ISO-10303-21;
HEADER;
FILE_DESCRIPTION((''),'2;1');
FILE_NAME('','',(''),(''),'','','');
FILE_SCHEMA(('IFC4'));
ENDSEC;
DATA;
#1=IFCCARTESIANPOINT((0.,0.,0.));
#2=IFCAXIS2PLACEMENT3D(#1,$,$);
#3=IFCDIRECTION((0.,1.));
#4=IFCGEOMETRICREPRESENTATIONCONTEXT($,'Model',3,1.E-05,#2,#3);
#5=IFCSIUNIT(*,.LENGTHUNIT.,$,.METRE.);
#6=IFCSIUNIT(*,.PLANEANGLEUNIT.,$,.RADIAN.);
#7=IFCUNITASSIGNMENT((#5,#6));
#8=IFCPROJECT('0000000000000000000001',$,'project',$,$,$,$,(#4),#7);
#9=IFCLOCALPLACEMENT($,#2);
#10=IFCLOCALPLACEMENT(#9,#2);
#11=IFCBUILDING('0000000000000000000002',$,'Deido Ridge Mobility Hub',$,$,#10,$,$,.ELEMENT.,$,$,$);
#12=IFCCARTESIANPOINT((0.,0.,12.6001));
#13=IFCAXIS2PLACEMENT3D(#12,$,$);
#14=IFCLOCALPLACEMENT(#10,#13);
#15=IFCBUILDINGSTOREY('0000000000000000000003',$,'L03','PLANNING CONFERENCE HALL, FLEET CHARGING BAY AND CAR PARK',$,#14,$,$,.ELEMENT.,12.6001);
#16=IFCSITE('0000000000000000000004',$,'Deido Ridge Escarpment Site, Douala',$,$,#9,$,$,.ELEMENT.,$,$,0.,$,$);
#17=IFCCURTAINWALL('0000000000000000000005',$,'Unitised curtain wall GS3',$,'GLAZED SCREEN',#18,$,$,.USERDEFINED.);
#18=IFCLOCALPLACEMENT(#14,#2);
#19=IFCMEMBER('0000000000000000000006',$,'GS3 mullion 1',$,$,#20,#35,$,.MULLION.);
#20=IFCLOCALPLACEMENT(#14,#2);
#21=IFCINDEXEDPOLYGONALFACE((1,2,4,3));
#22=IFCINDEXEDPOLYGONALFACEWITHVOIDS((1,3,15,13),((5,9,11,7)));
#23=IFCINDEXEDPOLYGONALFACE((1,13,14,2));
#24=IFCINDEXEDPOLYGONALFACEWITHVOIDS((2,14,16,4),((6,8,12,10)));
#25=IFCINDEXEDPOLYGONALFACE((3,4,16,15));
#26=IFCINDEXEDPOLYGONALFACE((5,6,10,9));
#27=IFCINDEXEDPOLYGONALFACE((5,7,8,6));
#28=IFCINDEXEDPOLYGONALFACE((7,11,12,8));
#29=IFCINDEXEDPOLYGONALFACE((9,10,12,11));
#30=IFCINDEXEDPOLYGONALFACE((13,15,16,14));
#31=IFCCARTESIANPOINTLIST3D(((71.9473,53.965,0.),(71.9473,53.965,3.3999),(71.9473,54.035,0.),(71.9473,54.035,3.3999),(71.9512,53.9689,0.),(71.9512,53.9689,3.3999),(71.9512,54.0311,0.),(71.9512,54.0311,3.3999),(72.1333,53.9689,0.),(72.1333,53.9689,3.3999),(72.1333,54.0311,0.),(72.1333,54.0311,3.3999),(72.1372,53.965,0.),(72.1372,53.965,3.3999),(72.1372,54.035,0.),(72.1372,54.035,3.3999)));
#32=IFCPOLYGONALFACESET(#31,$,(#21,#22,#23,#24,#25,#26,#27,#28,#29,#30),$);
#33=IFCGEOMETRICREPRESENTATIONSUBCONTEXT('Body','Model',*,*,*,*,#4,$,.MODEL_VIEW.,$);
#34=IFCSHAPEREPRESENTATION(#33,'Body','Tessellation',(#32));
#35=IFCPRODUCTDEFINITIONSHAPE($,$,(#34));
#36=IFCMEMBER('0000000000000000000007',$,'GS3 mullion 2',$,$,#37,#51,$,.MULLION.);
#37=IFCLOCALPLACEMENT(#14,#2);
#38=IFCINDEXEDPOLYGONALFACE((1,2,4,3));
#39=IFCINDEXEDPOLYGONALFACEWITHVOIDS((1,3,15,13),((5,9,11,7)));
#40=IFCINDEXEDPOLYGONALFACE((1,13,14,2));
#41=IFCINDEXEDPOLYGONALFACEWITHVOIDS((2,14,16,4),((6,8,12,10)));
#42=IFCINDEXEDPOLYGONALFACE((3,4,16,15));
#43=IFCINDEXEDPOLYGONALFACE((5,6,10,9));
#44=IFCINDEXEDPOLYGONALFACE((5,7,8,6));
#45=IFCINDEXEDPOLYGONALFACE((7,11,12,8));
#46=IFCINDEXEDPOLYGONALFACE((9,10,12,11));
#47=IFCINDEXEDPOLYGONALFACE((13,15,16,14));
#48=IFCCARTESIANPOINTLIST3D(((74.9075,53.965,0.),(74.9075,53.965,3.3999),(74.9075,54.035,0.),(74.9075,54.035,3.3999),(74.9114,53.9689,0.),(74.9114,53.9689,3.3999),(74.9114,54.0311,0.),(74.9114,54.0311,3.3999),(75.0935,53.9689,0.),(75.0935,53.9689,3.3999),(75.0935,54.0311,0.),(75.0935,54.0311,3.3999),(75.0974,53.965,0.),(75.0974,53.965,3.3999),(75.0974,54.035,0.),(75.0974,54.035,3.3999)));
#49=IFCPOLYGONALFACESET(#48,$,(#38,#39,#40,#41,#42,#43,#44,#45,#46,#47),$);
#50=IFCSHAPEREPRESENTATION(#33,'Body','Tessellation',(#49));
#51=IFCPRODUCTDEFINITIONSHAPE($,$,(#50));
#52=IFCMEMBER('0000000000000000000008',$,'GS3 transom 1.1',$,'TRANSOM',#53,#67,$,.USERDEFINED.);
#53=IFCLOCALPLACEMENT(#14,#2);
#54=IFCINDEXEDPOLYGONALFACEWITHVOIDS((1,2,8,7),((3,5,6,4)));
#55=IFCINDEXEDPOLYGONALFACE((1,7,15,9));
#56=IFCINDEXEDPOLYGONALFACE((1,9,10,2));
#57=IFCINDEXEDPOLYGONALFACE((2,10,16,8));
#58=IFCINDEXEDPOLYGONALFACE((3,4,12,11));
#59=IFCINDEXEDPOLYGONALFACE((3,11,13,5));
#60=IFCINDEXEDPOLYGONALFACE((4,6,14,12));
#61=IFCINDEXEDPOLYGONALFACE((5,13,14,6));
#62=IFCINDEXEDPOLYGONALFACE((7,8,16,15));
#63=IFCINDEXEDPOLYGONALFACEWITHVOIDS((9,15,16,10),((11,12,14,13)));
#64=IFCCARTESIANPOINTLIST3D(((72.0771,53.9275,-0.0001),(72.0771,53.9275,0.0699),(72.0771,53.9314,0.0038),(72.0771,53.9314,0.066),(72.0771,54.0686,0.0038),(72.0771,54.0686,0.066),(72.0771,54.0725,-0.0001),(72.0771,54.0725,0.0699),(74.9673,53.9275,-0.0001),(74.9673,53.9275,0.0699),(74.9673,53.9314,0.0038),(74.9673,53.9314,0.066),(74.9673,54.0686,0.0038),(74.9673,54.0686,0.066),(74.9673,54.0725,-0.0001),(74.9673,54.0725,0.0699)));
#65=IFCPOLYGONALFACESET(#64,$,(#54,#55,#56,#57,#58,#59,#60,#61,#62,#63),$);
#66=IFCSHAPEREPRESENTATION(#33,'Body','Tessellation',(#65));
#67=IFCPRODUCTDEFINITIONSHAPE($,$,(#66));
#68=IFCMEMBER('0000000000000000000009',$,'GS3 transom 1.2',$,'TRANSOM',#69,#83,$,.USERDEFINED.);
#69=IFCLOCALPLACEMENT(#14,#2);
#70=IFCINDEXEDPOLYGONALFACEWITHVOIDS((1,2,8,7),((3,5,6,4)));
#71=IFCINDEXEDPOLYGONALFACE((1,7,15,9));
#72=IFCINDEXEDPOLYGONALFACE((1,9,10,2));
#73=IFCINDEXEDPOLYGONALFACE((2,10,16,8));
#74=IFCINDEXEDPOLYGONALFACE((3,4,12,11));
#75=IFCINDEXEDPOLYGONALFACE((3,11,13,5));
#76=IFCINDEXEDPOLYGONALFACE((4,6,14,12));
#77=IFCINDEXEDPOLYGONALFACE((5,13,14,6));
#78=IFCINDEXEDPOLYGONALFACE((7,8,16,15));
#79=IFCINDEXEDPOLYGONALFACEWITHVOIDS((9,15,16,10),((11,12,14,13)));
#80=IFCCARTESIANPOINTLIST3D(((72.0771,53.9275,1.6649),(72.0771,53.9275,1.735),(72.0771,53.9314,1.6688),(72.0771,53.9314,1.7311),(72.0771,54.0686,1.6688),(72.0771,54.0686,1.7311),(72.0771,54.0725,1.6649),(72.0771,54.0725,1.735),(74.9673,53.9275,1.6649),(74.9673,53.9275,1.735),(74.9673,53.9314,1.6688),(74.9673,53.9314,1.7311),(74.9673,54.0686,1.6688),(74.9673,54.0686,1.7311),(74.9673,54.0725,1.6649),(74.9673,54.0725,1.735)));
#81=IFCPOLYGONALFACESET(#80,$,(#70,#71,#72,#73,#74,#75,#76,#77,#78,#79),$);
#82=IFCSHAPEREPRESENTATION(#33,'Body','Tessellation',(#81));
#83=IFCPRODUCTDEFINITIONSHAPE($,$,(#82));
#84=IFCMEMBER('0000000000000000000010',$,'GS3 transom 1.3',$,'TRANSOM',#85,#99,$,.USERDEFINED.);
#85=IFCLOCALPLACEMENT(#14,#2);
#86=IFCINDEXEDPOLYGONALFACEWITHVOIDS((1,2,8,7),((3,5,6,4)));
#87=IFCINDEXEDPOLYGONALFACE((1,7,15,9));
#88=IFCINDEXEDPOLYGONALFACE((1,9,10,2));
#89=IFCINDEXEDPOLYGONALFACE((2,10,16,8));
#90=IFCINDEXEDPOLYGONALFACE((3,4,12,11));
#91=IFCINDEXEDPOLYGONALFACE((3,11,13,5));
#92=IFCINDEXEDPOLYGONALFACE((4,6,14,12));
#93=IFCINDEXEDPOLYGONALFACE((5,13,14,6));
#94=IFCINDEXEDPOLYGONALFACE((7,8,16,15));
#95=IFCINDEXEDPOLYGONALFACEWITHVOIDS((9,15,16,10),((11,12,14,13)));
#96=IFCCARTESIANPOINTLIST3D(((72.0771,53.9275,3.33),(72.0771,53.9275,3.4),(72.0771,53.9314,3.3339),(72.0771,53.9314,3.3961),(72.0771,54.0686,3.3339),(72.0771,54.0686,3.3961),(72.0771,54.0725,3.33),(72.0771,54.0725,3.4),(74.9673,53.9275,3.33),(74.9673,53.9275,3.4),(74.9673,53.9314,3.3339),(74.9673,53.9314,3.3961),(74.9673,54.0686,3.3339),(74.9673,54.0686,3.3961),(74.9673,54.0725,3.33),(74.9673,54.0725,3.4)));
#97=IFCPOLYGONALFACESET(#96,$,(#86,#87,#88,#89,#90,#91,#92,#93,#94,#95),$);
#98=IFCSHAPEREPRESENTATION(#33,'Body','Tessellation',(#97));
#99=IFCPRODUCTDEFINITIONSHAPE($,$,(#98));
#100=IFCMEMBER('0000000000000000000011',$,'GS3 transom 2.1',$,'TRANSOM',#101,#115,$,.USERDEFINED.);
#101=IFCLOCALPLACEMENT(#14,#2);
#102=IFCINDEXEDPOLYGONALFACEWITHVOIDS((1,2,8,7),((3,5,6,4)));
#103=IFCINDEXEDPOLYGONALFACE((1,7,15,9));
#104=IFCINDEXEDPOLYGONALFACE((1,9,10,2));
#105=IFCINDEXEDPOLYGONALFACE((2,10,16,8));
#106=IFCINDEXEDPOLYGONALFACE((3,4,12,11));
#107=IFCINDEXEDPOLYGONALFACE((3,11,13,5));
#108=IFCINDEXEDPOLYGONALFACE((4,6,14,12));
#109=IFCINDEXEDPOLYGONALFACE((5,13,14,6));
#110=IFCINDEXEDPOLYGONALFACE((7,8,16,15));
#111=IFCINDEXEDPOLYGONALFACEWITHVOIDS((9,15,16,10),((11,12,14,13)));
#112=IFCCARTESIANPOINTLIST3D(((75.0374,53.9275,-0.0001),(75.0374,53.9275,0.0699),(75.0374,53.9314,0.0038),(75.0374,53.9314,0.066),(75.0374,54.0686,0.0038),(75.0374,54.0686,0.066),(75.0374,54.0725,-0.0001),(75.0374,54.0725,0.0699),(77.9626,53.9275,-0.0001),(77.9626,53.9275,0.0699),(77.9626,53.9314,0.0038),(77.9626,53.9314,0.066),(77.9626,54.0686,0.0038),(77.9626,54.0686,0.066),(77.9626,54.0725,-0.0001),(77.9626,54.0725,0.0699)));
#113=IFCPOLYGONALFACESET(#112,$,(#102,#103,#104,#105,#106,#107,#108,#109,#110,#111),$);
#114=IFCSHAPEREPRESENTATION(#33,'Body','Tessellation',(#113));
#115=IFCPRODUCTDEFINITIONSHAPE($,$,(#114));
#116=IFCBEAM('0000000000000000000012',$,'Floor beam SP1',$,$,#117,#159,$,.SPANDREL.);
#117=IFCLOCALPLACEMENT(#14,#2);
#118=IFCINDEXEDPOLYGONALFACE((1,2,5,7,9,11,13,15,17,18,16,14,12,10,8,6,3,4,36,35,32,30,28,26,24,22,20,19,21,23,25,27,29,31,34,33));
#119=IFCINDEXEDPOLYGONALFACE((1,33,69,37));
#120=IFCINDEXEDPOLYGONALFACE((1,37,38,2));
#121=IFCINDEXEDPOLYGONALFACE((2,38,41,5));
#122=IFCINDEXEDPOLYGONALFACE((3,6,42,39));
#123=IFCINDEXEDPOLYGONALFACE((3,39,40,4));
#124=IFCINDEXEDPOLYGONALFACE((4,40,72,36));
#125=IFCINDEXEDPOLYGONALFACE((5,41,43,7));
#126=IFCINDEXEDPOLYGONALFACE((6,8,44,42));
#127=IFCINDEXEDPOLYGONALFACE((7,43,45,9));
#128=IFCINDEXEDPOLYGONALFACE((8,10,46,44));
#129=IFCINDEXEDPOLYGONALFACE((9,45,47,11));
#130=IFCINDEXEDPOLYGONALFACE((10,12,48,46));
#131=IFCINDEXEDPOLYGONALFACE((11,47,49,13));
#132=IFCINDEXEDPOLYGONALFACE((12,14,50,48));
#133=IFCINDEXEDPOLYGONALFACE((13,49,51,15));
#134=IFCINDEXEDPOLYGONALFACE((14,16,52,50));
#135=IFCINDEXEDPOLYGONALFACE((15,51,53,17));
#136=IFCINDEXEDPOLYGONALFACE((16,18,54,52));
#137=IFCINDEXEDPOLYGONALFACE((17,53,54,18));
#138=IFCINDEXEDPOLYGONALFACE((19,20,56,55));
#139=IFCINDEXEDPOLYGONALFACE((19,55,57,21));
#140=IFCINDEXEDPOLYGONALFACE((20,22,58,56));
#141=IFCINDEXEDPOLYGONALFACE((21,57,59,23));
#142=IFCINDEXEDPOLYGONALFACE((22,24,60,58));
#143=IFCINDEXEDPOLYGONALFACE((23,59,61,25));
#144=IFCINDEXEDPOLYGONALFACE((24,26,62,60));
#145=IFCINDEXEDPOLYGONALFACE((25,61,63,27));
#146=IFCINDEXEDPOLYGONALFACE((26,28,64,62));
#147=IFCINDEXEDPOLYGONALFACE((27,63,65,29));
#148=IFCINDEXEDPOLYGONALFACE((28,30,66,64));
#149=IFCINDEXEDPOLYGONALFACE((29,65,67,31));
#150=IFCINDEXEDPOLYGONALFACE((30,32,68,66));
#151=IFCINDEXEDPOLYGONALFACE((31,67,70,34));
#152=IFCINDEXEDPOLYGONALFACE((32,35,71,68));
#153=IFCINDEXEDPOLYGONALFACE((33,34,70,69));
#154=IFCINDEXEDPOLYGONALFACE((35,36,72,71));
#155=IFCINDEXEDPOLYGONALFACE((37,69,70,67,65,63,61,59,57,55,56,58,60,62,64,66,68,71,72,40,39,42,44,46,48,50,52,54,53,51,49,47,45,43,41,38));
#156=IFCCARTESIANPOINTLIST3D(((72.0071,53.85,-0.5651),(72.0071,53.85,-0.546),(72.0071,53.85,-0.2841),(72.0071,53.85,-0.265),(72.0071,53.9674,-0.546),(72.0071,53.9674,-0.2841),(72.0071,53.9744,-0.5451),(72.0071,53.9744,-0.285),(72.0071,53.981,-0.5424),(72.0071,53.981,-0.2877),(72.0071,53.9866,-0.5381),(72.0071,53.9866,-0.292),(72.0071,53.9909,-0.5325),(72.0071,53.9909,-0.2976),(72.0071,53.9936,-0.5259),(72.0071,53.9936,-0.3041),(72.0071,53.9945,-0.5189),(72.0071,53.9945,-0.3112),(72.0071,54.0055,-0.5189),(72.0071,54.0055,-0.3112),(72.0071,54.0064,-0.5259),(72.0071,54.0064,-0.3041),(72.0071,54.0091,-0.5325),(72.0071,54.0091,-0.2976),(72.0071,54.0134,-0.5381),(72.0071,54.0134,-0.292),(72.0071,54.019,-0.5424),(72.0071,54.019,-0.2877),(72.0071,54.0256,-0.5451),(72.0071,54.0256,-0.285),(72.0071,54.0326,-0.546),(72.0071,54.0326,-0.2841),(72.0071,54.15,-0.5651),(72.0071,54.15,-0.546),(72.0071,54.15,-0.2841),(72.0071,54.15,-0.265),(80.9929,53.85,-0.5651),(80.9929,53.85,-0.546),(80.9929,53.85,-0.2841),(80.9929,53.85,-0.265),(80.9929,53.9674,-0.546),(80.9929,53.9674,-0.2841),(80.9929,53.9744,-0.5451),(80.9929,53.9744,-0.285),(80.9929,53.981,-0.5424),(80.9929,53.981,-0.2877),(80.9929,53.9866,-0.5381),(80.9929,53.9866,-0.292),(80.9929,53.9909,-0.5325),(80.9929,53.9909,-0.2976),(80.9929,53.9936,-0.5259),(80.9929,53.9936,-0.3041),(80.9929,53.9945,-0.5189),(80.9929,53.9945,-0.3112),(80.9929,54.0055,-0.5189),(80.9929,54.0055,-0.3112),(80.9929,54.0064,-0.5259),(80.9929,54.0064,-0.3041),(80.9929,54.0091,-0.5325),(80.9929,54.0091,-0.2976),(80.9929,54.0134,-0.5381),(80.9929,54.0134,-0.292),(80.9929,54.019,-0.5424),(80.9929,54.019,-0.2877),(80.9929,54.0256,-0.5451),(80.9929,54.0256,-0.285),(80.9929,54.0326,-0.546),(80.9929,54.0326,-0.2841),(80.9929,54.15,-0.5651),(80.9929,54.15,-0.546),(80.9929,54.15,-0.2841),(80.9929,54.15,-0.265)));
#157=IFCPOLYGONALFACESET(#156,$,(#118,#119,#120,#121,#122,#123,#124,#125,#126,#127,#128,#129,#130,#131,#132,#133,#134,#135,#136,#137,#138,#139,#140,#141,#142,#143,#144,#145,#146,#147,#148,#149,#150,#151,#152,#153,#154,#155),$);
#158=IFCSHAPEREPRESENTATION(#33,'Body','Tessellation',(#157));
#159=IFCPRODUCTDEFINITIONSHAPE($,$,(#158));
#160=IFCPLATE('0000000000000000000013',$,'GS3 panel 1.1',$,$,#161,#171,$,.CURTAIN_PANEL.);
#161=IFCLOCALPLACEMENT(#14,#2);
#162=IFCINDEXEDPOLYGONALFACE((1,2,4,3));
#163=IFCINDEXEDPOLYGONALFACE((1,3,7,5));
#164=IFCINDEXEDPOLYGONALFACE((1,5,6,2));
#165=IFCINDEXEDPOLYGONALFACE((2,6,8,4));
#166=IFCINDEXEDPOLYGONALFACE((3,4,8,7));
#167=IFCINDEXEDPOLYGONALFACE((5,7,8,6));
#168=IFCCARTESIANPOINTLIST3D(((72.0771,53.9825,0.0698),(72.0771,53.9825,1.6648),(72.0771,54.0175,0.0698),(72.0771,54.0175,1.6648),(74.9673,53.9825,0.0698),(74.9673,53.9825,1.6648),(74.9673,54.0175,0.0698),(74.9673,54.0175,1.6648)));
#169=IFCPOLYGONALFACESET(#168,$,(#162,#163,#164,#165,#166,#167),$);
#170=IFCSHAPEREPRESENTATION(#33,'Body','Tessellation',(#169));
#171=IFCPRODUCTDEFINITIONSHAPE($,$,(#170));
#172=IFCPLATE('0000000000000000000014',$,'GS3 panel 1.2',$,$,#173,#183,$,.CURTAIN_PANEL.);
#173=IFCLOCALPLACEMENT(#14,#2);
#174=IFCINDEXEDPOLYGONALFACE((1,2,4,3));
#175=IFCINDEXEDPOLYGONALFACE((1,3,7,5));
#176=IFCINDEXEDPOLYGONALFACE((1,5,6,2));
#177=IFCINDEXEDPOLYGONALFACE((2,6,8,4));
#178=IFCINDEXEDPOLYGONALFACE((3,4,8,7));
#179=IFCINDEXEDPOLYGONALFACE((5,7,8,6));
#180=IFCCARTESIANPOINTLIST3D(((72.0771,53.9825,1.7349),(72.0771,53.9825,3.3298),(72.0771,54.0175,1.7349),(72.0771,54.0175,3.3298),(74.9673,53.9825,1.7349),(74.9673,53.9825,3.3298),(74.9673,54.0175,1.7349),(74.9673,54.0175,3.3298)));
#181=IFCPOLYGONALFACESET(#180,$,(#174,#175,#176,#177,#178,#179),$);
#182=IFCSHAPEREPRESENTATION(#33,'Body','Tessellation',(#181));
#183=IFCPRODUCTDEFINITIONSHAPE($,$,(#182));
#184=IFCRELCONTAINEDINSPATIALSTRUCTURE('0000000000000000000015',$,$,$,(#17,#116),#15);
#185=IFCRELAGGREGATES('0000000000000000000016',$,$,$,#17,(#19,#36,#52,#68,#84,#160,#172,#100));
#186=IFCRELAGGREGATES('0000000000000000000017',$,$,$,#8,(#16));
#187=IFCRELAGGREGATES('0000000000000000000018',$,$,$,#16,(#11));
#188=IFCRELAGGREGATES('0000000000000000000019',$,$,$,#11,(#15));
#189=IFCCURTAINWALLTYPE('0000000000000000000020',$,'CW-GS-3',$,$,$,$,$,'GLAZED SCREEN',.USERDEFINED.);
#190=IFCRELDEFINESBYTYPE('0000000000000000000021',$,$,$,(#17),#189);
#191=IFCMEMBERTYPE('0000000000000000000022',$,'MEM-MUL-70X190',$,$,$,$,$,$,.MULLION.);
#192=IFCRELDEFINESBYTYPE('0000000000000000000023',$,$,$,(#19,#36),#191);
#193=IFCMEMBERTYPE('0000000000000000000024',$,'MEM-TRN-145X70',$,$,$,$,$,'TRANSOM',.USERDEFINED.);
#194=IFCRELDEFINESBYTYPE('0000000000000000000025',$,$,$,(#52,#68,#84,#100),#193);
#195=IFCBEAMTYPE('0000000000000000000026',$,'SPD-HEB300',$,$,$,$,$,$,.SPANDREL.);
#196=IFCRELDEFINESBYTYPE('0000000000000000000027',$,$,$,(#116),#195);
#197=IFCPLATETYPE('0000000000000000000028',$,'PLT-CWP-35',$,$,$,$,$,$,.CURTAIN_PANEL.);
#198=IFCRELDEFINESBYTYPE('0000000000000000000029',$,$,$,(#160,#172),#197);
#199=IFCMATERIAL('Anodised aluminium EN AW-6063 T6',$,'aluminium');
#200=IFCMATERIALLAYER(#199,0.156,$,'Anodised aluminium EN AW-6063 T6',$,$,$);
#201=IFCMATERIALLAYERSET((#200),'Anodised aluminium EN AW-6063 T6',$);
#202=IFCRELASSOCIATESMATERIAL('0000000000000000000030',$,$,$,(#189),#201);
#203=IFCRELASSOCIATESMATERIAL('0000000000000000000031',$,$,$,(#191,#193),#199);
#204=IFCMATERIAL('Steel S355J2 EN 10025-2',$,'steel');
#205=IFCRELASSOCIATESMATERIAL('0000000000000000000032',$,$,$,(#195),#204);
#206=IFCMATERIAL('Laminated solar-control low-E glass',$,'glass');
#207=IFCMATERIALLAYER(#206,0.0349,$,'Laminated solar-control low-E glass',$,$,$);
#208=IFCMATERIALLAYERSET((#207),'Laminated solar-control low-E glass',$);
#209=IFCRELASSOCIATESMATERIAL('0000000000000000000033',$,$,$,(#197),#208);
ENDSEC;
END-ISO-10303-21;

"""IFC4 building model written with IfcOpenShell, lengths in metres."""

from ifc_helpers import new_model, si_unit, direction, frame, origin, origin_2d, place, context, subcontext, project, spatial, rectangle, hollow_rectangle, i_section, extrude, material, layer, layer_set, material_profile, profile_set, type_object, element, aggregate, save


model = new_model("IFC4")

# Units and contexts
model_context = context("Model", 3, precision=1e-05, world=origin(), true_north=direction((0.0, 1.0)))
body_context = subcontext(model_context, "Body", "Model", "MODEL_VIEW")
ifc_project = project(units=[si_unit("LENGTHUNIT", "METRE"), si_unit("PLANEANGLEUNIT", "RADIAN")], contexts=[model_context])

# Site, building, storey
site_placement = place(None, origin())
site = spatial("IfcSite", under=ifc_project, at=site_placement, Name="Deido Ridge Escarpment Site, Douala", CompositionType="ELEMENT", RefElevation=0.0)
building_placement = place(site_placement, origin())
building = spatial("IfcBuilding", under=site, at=building_placement, Name="Deido Ridge Mobility Hub", CompositionType="ELEMENT")
storey_placement = place(building_placement, frame((0.0, 0.0, 12.6001)))
storey = spatial("IfcBuildingStorey", under=building, at=storey_placement, Name="L03", Description="PLANNING CONFERENCE HALL, FLEET CHARGING BAY AND CAR PARK", CompositionType="ELEMENT", Elevation=12.6001)

# Shared definitions
ifc_material_1 = material(Name="Steel S355J2 EN 10025-2", Category="steel")

# Curtain wall, members
ifc_material_2 = material(Name="Anodised aluminium EN AW-6063 T6", Category="aluminium")
ifc_layer_1 = layer(ifc_material_2, 0.156, Name="Anodised aluminium EN AW-6063 T6")
ifc_layer_set_1 = layer_set([ifc_layer_1], Name="Anodised aluminium EN AW-6063 T6")
curtain_wall_type = type_object("IfcCurtainWallType", Name="CW-GS-3", ElementType="GLAZED SCREEN", PredefinedType="USERDEFINED", material=ifc_layer_set_1)
curtain_wall_placement = place(storey_placement, origin())
curtain_wall = element("IfcCurtainWall", 1, at=curtain_wall_placement, inside=storey, type_object=curtain_wall_type, Name="Unitised curtain wall GS3", ObjectType="GLAZED SCREEN", PredefinedType="USERDEFINED")
ifc_material_profile_1 = material_profile(ifc_material_2, hollow_rectangle(XDim=0.0701, YDim=0.1899, WallThickness=0.0039, at=origin_2d()), Name="RHS 70x190x4")
ifc_profile_set_1 = profile_set([ifc_material_profile_1], Name="Anodised aluminium EN AW-6063 T6")
member_type_1 = type_object("IfcMemberType", Name="MEM-MUL-70X190", PredefinedType="MULLION", material=ifc_profile_set_1)
member_1_placement = place(storey_placement, frame((72.0422, 54.0, 0.0), z_axis=(0.0, 0.0, 1.0), x_axis=(0.0, 1.0, 0.0)))
member_1 = element("IfcMember", 2, at=member_1_placement, type_object=member_type_1, Name="GS3 mullion 1", PredefinedType="MULLION", context=body_context, shape_type="SweptSolid", body=[
    extrude(hollow_rectangle(XDim=0.0701, YDim=0.1899, WallThickness=0.0039, at=origin_2d()), origin(), (0.0, 0.0, 1.0), 3.3999),
])
member_2_placement = place(storey_placement, frame((75.0024, 54.0, 0.0), z_axis=(0.0, 0.0, 1.0), x_axis=(0.0, 1.0, 0.0)))
member_2 = element("IfcMember", 3, at=member_2_placement, type_object=member_type_1, Name="GS3 mullion 2", PredefinedType="MULLION", context=body_context, shape_type="SweptSolid", body=[
    extrude(hollow_rectangle(XDim=0.0701, YDim=0.1899, WallThickness=0.0039, at=origin_2d()), origin(), (0.0, 0.0, 1.0), 3.3999),
])
ifc_material_profile_2 = material_profile(ifc_material_2, hollow_rectangle(XDim=0.145, YDim=0.0701, WallThickness=0.0039, at=origin_2d()), Name="RHS 145x70x4")
ifc_profile_set_2 = profile_set([ifc_material_profile_2], Name="Anodised aluminium EN AW-6063 T6")
member_type_2 = type_object("IfcMemberType", Name="MEM-TRN-145X70", ElementType="TRANSOM", PredefinedType="USERDEFINED", material=ifc_profile_set_2)
member_3_placement = place(storey_placement, frame((72.0771, 54.0, 0.0349), z_axis=(1.0, 0.0, 0.0), x_axis=(0.0, 1.0, 0.0)))
member_3 = element("IfcMember", 4, at=member_3_placement, type_object=member_type_2, Name="GS3 transom 1.1", ObjectType="TRANSOM", PredefinedType="USERDEFINED", context=body_context, shape_type="SweptSolid", body=[
    extrude(hollow_rectangle(XDim=0.145, YDim=0.0701, WallThickness=0.0039, at=origin_2d()), origin(), (0.0, 0.0, 1.0), 2.8901),
])
member_4_placement = place(storey_placement, frame((72.0771, 54.0, 1.7), z_axis=(1.0, 0.0, 0.0), x_axis=(0.0, 1.0, 0.0)))
member_4 = element("IfcMember", 5, at=member_4_placement, type_object=member_type_2, Name="GS3 transom 1.2", ObjectType="TRANSOM", PredefinedType="USERDEFINED", context=body_context, shape_type="SweptSolid", body=[
    extrude(hollow_rectangle(XDim=0.145, YDim=0.0701, WallThickness=0.0039, at=origin_2d()), origin(), (0.0, 0.0, 1.0), 2.8901),
])
member_5_placement = place(storey_placement, frame((72.0771, 54.0, 3.365), z_axis=(1.0, 0.0, 0.0), x_axis=(0.0, 1.0, 0.0)))
member_5 = element("IfcMember", 6, at=member_5_placement, type_object=member_type_2, Name="GS3 transom 1.3", ObjectType="TRANSOM", PredefinedType="USERDEFINED", context=body_context, shape_type="SweptSolid", body=[
    extrude(hollow_rectangle(XDim=0.145, YDim=0.0701, WallThickness=0.0039, at=origin_2d()), origin(), (0.0, 0.0, 1.0), 2.8901),
])
member_6_placement = place(storey_placement, frame((75.0374, 54.0, 0.0349), z_axis=(1.0, 0.0, 0.0), x_axis=(0.0, 1.0, 0.0)))
member_6 = element("IfcMember", 7, at=member_6_placement, type_object=member_type_2, Name="GS3 transom 2.1", ObjectType="TRANSOM", PredefinedType="USERDEFINED", context=body_context, shape_type="SweptSolid", body=[
    extrude(hollow_rectangle(XDim=0.145, YDim=0.0701, WallThickness=0.0039, at=origin_2d()), origin(), (0.0, 0.0, 1.0), 2.9253),
])

# Beam
ifc_material_profile_3 = material_profile(ifc_material_1, i_section(OverallWidth=0.3, OverallDepth=0.3, WebThickness=0.011, FlangeThickness=0.019, FilletRadius=0.0271, at=origin_2d()), Name="HEB 300")
ifc_profile_set_3 = profile_set([ifc_material_profile_3], Name="Steel S355J2 EN 10025-2")
beam_type_1 = type_object("IfcBeamType", Name="SPD-HEB300", PredefinedType="SPANDREL", material=ifc_profile_set_3)
beam_1_placement = place(storey_placement, frame((72.0071, 54.0, -0.415), z_axis=(1.0, 0.0, 0.0), x_axis=(0.0, 1.0, 0.0)))
element("IfcBeam", 8, at=beam_1_placement, inside=storey, type_object=beam_type_1, Name="Floor beam SP1", PredefinedType="SPANDREL", context=body_context, shape_type="SweptSolid", body=[
    extrude(i_section(OverallWidth=0.3, OverallDepth=0.3, WebThickness=0.011, FlangeThickness=0.019, FilletRadius=0.0271, at=origin_2d()), origin(), (0.0, 0.0, 1.0), 8.9858),
])

# Plates
ifc_material_3 = material(Name="Laminated solar-control low-E glass", Category="glass")
ifc_layer_2 = layer(ifc_material_3, 0.0349, Name="Laminated solar-control low-E glass")
ifc_layer_set_2 = layer_set([ifc_layer_2], Name="Laminated solar-control low-E glass")
plate_type = type_object("IfcPlateType", Name="PLT-CWP-35", PredefinedType="CURTAIN_PANEL", material=ifc_layer_set_2)
plate_1_placement = place(storey_placement, frame((73.5222, 54.0, 0.0698), z_axis=(0.0, 0.0, 1.0), x_axis=(1.0, 0.0, 0.0)))
plate_1 = element("IfcPlate", 9, at=plate_1_placement, type_object=plate_type, Name="GS3 panel 1.1", PredefinedType="CURTAIN_PANEL", context=body_context, shape_type="SweptSolid", body=[
    extrude(rectangle(XDim=2.8901, YDim=0.0349, at=origin_2d()), origin(), (0.0, 0.0, 1.0), 1.595),
])
plate_2_placement = place(storey_placement, frame((73.5222, 54.0, 1.7349), z_axis=(0.0, 0.0, 1.0), x_axis=(1.0, 0.0, 0.0)))
plate_2 = element("IfcPlate", 10, at=plate_2_placement, type_object=plate_type, Name="GS3 panel 1.2", PredefinedType="CURTAIN_PANEL", context=body_context, shape_type="SweptSolid", body=[
    extrude(rectangle(XDim=2.8901, YDim=0.0349, at=origin_2d()), origin(), (0.0, 0.0, 1.0), 1.595),
])
aggregate(curtain_wall, [member_1, member_2, member_3, member_4, member_5, plate_1, plate_2, member_6])

save(model, "model.ifc")
